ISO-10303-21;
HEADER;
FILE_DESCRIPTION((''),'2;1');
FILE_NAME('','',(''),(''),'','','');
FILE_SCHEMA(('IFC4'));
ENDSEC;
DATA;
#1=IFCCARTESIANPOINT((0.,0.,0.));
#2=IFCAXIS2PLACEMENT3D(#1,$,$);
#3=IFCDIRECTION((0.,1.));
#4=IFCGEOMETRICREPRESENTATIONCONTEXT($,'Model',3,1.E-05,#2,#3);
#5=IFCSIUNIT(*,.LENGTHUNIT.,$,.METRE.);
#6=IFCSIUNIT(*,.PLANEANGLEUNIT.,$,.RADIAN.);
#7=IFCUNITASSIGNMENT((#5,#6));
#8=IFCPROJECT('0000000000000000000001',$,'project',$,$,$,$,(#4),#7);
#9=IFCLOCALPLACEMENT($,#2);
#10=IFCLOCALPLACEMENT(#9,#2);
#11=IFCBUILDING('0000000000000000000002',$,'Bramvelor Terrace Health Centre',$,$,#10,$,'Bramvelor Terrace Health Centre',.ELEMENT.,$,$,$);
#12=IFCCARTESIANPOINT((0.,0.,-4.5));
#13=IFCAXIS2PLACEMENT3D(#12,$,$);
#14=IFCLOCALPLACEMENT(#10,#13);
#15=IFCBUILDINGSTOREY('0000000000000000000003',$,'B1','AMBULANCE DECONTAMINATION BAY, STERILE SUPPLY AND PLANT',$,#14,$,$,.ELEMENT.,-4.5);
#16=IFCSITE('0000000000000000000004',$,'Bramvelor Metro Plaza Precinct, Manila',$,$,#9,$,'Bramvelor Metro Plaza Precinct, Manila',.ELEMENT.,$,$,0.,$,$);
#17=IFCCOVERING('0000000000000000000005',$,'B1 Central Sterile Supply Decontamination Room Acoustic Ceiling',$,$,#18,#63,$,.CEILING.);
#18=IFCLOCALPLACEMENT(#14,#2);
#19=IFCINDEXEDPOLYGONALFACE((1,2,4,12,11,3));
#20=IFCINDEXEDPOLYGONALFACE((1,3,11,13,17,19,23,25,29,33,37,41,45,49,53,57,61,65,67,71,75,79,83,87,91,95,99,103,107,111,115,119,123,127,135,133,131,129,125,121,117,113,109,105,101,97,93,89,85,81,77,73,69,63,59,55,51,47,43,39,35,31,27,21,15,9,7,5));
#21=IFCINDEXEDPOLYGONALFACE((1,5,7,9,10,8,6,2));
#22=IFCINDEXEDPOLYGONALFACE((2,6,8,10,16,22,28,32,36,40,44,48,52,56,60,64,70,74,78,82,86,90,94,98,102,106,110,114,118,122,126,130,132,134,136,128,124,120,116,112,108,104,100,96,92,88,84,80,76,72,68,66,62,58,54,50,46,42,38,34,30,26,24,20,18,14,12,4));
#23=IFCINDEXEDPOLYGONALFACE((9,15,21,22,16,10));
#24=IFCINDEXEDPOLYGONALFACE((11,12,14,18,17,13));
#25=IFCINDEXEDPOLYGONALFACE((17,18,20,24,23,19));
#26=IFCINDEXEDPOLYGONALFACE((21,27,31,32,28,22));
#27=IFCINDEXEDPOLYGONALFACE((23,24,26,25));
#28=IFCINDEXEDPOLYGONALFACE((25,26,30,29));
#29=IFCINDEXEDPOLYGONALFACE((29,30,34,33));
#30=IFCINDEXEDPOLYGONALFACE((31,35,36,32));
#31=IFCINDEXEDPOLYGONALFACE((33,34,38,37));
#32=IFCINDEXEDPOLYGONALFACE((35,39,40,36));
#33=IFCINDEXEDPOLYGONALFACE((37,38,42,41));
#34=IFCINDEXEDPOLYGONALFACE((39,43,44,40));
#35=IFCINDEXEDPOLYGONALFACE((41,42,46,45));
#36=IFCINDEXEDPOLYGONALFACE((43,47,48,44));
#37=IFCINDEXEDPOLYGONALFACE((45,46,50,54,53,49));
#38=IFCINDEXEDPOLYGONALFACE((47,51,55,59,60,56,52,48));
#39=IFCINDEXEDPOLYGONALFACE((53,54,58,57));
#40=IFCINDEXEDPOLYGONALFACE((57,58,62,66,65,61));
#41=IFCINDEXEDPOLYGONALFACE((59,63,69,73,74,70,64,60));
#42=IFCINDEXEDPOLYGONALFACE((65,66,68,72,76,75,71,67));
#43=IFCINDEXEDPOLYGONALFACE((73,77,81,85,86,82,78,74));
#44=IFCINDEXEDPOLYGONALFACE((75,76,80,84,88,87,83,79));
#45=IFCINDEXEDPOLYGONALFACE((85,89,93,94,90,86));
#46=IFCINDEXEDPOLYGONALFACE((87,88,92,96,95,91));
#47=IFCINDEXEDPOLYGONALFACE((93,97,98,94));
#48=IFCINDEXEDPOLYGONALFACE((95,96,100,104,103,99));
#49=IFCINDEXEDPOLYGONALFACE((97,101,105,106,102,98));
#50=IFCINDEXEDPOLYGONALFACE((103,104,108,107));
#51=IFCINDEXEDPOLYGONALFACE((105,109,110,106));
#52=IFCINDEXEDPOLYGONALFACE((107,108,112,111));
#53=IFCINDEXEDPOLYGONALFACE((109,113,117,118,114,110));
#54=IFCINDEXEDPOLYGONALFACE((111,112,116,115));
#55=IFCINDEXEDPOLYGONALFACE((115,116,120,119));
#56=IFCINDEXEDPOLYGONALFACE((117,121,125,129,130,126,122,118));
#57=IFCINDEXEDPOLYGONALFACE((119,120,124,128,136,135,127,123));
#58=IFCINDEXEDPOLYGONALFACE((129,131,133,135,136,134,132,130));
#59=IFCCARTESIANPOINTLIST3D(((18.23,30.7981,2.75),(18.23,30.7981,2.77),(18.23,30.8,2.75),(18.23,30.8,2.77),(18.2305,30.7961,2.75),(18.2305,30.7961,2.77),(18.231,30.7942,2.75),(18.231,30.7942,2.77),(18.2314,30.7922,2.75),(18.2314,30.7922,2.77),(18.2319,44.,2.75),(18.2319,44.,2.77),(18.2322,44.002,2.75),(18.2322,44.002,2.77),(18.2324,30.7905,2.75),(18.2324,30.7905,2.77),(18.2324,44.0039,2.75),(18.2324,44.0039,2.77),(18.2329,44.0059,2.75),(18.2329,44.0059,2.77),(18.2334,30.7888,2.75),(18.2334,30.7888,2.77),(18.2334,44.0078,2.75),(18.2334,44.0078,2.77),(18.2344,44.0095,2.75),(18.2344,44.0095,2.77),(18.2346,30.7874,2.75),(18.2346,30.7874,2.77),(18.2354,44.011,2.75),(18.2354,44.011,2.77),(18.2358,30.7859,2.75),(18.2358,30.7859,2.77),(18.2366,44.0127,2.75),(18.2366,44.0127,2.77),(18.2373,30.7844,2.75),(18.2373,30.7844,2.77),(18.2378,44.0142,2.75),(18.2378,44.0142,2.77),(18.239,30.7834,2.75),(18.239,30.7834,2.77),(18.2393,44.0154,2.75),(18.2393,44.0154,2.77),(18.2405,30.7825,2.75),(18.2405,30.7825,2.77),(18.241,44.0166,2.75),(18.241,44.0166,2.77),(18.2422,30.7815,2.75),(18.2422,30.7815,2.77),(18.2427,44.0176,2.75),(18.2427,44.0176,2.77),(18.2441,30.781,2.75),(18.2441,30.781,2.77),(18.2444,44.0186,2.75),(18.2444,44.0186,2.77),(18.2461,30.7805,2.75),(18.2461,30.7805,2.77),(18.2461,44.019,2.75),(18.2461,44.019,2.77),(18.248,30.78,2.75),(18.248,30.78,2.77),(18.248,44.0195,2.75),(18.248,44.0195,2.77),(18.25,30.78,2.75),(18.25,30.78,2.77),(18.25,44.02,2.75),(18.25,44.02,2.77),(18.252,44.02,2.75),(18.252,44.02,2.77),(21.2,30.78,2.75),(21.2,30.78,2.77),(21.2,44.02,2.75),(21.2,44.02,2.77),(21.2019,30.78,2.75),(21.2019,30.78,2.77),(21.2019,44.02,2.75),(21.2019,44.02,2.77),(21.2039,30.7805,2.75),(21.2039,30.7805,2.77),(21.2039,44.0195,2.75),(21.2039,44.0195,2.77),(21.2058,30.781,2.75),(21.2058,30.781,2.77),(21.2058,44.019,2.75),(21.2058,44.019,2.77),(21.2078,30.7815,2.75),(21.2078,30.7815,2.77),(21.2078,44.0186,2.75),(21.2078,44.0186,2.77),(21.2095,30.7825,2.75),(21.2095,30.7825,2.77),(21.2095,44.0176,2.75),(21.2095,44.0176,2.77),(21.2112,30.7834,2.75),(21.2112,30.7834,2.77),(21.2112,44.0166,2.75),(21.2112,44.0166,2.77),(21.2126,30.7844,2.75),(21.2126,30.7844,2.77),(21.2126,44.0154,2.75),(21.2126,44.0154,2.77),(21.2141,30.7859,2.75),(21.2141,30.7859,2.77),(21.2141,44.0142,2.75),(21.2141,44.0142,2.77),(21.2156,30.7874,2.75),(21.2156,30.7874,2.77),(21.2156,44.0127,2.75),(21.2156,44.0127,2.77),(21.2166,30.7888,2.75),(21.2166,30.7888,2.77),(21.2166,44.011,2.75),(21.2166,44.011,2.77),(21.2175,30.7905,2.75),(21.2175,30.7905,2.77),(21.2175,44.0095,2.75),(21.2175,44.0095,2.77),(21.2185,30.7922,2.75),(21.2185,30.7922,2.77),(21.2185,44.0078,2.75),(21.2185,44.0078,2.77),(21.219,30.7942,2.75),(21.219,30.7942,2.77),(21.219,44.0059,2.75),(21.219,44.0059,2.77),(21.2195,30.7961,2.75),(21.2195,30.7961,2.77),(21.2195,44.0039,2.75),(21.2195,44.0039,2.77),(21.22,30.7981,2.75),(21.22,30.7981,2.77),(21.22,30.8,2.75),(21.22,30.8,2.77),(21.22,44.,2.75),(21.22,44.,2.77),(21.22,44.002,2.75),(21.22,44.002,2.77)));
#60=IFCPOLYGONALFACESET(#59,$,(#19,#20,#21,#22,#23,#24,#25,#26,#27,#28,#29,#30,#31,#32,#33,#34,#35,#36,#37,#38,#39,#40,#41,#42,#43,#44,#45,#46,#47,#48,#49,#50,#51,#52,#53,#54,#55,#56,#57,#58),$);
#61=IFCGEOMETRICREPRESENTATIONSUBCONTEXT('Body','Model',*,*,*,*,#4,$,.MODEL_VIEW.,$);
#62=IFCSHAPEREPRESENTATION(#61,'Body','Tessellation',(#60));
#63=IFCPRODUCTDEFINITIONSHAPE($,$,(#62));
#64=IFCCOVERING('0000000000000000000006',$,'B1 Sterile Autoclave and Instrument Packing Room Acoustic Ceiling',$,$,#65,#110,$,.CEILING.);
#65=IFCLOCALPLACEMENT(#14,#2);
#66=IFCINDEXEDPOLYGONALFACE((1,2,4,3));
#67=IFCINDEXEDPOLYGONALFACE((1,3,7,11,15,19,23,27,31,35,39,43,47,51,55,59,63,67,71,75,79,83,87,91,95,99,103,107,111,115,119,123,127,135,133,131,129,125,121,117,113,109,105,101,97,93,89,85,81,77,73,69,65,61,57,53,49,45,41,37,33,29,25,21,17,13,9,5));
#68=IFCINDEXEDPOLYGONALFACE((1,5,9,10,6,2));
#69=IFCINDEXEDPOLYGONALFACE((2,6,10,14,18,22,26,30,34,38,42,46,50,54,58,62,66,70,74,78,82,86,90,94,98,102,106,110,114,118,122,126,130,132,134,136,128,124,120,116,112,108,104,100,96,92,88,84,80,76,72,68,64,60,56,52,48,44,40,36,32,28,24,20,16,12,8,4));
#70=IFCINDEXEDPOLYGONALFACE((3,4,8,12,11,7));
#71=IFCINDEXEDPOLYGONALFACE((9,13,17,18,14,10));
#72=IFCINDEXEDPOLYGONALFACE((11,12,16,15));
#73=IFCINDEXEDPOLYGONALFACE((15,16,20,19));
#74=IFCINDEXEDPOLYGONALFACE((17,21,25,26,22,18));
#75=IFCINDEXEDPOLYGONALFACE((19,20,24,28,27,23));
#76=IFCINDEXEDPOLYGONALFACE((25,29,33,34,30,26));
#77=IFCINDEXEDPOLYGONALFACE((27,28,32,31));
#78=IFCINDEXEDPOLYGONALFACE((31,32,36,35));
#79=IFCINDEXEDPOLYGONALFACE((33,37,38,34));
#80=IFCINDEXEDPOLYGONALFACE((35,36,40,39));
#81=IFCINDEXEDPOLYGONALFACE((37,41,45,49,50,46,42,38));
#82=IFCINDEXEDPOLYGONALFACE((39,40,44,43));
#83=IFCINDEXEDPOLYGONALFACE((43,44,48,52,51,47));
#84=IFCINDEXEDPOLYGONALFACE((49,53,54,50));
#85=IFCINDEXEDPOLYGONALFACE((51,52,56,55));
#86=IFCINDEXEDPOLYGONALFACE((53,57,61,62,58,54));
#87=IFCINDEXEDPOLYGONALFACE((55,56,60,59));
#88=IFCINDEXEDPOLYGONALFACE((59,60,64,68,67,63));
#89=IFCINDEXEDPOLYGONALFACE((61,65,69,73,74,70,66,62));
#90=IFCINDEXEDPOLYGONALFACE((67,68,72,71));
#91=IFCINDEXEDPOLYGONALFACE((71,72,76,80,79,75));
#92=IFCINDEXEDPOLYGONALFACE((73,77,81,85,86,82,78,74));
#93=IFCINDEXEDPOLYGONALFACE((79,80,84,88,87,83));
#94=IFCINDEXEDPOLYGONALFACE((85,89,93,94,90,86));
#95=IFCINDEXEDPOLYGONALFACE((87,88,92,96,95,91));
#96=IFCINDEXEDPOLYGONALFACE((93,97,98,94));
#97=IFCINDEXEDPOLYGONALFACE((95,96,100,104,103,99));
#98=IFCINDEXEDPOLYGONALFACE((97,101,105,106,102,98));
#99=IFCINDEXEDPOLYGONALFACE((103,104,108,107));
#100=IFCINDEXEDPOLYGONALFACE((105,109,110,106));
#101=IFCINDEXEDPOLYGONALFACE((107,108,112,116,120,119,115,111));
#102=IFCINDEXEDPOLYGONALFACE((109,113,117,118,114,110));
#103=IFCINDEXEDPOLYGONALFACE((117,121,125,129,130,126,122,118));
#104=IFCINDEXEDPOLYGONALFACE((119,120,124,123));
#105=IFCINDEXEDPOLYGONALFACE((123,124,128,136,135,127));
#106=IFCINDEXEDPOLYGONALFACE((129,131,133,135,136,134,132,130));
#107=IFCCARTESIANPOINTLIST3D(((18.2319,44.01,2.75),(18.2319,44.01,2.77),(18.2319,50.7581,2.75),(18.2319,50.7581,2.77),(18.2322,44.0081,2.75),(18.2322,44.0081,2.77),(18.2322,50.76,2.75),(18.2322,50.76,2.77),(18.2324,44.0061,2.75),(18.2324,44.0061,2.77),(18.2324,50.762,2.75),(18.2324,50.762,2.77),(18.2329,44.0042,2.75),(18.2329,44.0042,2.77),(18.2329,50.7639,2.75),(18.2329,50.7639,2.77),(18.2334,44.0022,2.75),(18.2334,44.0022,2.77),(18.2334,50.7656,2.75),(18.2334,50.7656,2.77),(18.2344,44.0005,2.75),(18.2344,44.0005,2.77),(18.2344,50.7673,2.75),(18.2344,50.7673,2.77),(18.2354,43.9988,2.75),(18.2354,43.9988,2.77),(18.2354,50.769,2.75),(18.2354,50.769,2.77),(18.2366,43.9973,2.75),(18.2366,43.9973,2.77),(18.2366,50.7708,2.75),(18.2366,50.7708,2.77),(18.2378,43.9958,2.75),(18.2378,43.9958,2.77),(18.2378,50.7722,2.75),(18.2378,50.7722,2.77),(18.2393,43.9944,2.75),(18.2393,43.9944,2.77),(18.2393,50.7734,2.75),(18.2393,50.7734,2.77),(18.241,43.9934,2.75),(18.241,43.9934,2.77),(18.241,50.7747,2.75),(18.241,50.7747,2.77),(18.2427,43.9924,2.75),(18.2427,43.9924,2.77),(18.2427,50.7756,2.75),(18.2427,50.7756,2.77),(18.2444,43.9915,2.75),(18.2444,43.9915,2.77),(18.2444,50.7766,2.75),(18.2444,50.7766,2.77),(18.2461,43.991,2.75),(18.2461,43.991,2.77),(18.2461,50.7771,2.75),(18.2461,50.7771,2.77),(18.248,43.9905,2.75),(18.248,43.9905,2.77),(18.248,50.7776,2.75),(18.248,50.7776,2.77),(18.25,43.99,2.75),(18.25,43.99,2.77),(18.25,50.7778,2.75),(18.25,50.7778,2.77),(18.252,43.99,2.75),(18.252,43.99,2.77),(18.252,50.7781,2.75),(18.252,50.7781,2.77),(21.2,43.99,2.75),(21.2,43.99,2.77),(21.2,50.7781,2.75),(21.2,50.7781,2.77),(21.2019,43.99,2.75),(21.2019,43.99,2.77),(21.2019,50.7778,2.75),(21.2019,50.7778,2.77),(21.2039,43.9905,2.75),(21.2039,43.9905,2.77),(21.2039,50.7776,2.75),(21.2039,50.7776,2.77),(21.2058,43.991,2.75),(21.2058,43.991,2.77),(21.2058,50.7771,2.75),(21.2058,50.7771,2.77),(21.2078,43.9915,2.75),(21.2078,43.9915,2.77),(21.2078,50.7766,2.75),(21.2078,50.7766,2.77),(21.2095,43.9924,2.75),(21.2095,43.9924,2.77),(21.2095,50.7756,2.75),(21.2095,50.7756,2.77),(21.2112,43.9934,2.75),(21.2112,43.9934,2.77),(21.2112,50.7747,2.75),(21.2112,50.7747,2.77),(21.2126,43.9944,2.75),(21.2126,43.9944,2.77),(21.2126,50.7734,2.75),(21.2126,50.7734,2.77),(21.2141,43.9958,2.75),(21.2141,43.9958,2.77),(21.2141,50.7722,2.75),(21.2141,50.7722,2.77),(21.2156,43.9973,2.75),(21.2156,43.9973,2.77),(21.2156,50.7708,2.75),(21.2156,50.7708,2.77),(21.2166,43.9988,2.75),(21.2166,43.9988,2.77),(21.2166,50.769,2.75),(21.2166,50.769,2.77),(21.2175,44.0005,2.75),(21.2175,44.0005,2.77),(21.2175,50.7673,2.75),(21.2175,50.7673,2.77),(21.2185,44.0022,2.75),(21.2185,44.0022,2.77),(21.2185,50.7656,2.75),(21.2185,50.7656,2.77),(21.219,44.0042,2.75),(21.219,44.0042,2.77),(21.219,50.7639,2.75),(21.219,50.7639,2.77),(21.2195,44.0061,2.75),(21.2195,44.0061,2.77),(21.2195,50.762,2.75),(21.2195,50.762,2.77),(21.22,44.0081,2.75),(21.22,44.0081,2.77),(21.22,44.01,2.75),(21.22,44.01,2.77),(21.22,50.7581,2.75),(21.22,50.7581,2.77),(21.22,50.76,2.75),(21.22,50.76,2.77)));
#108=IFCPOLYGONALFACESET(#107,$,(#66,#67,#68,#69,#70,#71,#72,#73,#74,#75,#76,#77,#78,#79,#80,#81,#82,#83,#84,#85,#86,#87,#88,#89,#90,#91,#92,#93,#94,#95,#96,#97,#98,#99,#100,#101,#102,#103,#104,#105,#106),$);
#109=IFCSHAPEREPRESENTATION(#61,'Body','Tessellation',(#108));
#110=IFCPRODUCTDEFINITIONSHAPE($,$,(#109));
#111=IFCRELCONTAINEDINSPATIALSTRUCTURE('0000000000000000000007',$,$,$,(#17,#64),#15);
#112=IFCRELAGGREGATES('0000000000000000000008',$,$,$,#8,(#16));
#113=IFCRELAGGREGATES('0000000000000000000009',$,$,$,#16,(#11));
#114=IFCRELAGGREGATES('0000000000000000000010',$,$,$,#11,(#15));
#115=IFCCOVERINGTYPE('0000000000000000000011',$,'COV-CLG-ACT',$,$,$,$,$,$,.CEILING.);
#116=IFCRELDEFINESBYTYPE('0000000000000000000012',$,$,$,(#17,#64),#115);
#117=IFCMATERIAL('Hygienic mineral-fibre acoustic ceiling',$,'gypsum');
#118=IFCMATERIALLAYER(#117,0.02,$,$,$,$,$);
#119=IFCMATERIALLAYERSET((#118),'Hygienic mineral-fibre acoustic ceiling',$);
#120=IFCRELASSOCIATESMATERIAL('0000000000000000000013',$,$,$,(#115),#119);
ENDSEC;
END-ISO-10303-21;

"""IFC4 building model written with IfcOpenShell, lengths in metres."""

from ifc_helpers import new_model, si_unit, direction, frame, origin, place, context, subcontext, project, spatial, polyline, outline, extrude, material, layer, layer_set, type_object, element, save


model = new_model("IFC4")

# Units and contexts
model_context = context("Model", 3, precision=1e-05, world=origin(), true_north=direction((0.0, 1.0)))
body_context = subcontext(model_context, "Body", "Model", "MODEL_VIEW")
ifc_project = project(units=[si_unit("LENGTHUNIT", "METRE"), si_unit("PLANEANGLEUNIT", "RADIAN")], contexts=[model_context])

# Site, building, storey
site_placement = place(None, origin())
site = spatial("IfcSite", under=ifc_project, at=site_placement, Name="Bramvelor Metro Plaza Precinct, Manila", LongName="Bramvelor Metro Plaza Precinct, Manila", CompositionType="ELEMENT", RefElevation=0.0)
building_placement = place(site_placement, origin())
building = spatial("IfcBuilding", under=site, at=building_placement, Name="Bramvelor Terrace Health Centre", LongName="Bramvelor Terrace Health Centre", CompositionType="ELEMENT")
storey_placement = place(building_placement, frame((0.0, 0.0, -4.5)))
storey = spatial("IfcBuildingStorey", under=building, at=storey_placement, Name="B1", Description="AMBULANCE DECONTAMINATION BAY, STERILE SUPPLY AND PLANT", CompositionType="ELEMENT", Elevation=-4.5)

# Coverings
ifc_material_1 = material(Name="Hygienic mineral-fibre acoustic ceiling", Category="gypsum")
ifc_layer_1 = layer(ifc_material_1, 0.02)
ifc_layer_set_1 = layer_set([ifc_layer_1], Name="Hygienic mineral-fibre acoustic ceiling")
covering_type_1 = type_object("IfcCoveringType", Name="COV-CLG-ACT", PredefinedType="CEILING", material=ifc_layer_set_1)
covering_1_placement = place(storey_placement, frame((0.0, 0.0, 2.75)))
element("IfcCovering", 1, at=covering_1_placement, inside=storey, type_object=covering_type_1, Name="B1 Central Sterile Supply Decontamination Room Acoustic Ceiling", PredefinedType="CEILING", context=body_context, shape_type="SweptSolid", body=[
    extrude(outline(polyline([(18.25, 30.78), (18.248, 30.78), (18.2461, 30.7805), (18.2441, 30.781), (18.2422, 30.7815), (18.2405, 30.7825), (18.239, 30.7834), (18.2373, 30.7844), (18.2358, 30.7859), (18.2346, 30.7874), (18.2334, 30.7888), (18.2324, 30.7905), (18.2314, 30.7922), (18.231, 30.7942), (18.2305, 30.7961), (18.23, 30.7981), (18.23, 30.8), (18.2319, 44.0), (18.2322, 44.002), (18.2324, 44.0039), (18.2329, 44.0059), (18.2334, 44.0078), (18.2344, 44.0095), (18.2354, 44.011), (18.2366, 44.0127), (18.2378, 44.0142), (18.2393, 44.0154), (18.241, 44.0166), (18.2427, 44.0176), (18.2444, 44.0186), (18.2461, 44.019), (18.248, 44.0195), (18.25, 44.02), (18.252, 44.02), (21.2, 44.02), (21.2019, 44.02), (21.2039, 44.0195), (21.2058, 44.019), (21.2078, 44.0186), (21.2095, 44.0176), (21.2112, 44.0166), (21.2126, 44.0154), (21.2141, 44.0142), (21.2156, 44.0127), (21.2166, 44.011), (21.2175, 44.0095), (21.2185, 44.0078), (21.219, 44.0059), (21.2195, 44.0039), (21.22, 44.002), (21.22, 44.0), (21.22, 30.8), (21.22, 30.7981), (21.2195, 30.7961), (21.219, 30.7942), (21.2185, 30.7922), (21.2175, 30.7905), (21.2166, 30.7888), (21.2156, 30.7874), (21.2141, 30.7859), (21.2126, 30.7844), (21.2112, 30.7834), (21.2095, 30.7825), (21.2078, 30.7815), (21.2058, 30.781), (21.2039, 30.7805), (21.2019, 30.78), (21.2, 30.78), (18.25, 30.78)])), origin(), (0.0, 0.0, 1.0), 0.02),
])
covering_2_placement = place(storey_placement, frame((0.0, 0.0, 2.75)))
element("IfcCovering", 2, at=covering_2_placement, inside=storey, type_object=covering_type_1, Name="B1 Sterile Autoclave and Instrument Packing Room Acoustic Ceiling", PredefinedType="CEILING", context=body_context, shape_type="SweptSolid", body=[
    extrude(outline(polyline([(21.22, 44.01), (21.22, 44.0081), (21.2195, 44.0061), (21.219, 44.0042), (21.2185, 44.0022), (21.2175, 44.0005), (21.2166, 43.9988), (21.2156, 43.9973), (21.2141, 43.9958), (21.2126, 43.9944), (21.2112, 43.9934), (21.2095, 43.9924), (21.2078, 43.9915), (21.2058, 43.991), (21.2039, 43.9905), (21.2019, 43.99), (21.2, 43.99), (18.252, 43.99), (18.25, 43.99), (18.248, 43.9905), (18.2461, 43.991), (18.2444, 43.9915), (18.2427, 43.9924), (18.241, 43.9934), (18.2393, 43.9944), (18.2378, 43.9958), (18.2366, 43.9973), (18.2354, 43.9988), (18.2344, 44.0005), (18.2334, 44.0022), (18.2329, 44.0042), (18.2324, 44.0061), (18.2322, 44.0081), (18.2319, 44.01), (18.2319, 50.7581), (18.2322, 50.76), (18.2324, 50.762), (18.2329, 50.7639), (18.2334, 50.7656), (18.2344, 50.7673), (18.2354, 50.769), (18.2366, 50.7708), (18.2378, 50.7722), (18.2393, 50.7734), (18.241, 50.7747), (18.2427, 50.7756), (18.2444, 50.7766), (18.2461, 50.7771), (18.248, 50.7776), (18.25, 50.7778), (18.252, 50.7781), (21.2, 50.7781), (21.2019, 50.7778), (21.2039, 50.7776), (21.2058, 50.7771), (21.2078, 50.7766), (21.2095, 50.7756), (21.2112, 50.7747), (21.2126, 50.7734), (21.2141, 50.7722), (21.2156, 50.7708), (21.2166, 50.769), (21.2175, 50.7673), (21.2185, 50.7656), (21.219, 50.7639), (21.2195, 50.762), (21.22, 50.76), (21.22, 50.7581), (21.22, 44.01)])), origin(), (0.0, 0.0, 1.0), 0.02),
])

save(model, "model.ifc")
